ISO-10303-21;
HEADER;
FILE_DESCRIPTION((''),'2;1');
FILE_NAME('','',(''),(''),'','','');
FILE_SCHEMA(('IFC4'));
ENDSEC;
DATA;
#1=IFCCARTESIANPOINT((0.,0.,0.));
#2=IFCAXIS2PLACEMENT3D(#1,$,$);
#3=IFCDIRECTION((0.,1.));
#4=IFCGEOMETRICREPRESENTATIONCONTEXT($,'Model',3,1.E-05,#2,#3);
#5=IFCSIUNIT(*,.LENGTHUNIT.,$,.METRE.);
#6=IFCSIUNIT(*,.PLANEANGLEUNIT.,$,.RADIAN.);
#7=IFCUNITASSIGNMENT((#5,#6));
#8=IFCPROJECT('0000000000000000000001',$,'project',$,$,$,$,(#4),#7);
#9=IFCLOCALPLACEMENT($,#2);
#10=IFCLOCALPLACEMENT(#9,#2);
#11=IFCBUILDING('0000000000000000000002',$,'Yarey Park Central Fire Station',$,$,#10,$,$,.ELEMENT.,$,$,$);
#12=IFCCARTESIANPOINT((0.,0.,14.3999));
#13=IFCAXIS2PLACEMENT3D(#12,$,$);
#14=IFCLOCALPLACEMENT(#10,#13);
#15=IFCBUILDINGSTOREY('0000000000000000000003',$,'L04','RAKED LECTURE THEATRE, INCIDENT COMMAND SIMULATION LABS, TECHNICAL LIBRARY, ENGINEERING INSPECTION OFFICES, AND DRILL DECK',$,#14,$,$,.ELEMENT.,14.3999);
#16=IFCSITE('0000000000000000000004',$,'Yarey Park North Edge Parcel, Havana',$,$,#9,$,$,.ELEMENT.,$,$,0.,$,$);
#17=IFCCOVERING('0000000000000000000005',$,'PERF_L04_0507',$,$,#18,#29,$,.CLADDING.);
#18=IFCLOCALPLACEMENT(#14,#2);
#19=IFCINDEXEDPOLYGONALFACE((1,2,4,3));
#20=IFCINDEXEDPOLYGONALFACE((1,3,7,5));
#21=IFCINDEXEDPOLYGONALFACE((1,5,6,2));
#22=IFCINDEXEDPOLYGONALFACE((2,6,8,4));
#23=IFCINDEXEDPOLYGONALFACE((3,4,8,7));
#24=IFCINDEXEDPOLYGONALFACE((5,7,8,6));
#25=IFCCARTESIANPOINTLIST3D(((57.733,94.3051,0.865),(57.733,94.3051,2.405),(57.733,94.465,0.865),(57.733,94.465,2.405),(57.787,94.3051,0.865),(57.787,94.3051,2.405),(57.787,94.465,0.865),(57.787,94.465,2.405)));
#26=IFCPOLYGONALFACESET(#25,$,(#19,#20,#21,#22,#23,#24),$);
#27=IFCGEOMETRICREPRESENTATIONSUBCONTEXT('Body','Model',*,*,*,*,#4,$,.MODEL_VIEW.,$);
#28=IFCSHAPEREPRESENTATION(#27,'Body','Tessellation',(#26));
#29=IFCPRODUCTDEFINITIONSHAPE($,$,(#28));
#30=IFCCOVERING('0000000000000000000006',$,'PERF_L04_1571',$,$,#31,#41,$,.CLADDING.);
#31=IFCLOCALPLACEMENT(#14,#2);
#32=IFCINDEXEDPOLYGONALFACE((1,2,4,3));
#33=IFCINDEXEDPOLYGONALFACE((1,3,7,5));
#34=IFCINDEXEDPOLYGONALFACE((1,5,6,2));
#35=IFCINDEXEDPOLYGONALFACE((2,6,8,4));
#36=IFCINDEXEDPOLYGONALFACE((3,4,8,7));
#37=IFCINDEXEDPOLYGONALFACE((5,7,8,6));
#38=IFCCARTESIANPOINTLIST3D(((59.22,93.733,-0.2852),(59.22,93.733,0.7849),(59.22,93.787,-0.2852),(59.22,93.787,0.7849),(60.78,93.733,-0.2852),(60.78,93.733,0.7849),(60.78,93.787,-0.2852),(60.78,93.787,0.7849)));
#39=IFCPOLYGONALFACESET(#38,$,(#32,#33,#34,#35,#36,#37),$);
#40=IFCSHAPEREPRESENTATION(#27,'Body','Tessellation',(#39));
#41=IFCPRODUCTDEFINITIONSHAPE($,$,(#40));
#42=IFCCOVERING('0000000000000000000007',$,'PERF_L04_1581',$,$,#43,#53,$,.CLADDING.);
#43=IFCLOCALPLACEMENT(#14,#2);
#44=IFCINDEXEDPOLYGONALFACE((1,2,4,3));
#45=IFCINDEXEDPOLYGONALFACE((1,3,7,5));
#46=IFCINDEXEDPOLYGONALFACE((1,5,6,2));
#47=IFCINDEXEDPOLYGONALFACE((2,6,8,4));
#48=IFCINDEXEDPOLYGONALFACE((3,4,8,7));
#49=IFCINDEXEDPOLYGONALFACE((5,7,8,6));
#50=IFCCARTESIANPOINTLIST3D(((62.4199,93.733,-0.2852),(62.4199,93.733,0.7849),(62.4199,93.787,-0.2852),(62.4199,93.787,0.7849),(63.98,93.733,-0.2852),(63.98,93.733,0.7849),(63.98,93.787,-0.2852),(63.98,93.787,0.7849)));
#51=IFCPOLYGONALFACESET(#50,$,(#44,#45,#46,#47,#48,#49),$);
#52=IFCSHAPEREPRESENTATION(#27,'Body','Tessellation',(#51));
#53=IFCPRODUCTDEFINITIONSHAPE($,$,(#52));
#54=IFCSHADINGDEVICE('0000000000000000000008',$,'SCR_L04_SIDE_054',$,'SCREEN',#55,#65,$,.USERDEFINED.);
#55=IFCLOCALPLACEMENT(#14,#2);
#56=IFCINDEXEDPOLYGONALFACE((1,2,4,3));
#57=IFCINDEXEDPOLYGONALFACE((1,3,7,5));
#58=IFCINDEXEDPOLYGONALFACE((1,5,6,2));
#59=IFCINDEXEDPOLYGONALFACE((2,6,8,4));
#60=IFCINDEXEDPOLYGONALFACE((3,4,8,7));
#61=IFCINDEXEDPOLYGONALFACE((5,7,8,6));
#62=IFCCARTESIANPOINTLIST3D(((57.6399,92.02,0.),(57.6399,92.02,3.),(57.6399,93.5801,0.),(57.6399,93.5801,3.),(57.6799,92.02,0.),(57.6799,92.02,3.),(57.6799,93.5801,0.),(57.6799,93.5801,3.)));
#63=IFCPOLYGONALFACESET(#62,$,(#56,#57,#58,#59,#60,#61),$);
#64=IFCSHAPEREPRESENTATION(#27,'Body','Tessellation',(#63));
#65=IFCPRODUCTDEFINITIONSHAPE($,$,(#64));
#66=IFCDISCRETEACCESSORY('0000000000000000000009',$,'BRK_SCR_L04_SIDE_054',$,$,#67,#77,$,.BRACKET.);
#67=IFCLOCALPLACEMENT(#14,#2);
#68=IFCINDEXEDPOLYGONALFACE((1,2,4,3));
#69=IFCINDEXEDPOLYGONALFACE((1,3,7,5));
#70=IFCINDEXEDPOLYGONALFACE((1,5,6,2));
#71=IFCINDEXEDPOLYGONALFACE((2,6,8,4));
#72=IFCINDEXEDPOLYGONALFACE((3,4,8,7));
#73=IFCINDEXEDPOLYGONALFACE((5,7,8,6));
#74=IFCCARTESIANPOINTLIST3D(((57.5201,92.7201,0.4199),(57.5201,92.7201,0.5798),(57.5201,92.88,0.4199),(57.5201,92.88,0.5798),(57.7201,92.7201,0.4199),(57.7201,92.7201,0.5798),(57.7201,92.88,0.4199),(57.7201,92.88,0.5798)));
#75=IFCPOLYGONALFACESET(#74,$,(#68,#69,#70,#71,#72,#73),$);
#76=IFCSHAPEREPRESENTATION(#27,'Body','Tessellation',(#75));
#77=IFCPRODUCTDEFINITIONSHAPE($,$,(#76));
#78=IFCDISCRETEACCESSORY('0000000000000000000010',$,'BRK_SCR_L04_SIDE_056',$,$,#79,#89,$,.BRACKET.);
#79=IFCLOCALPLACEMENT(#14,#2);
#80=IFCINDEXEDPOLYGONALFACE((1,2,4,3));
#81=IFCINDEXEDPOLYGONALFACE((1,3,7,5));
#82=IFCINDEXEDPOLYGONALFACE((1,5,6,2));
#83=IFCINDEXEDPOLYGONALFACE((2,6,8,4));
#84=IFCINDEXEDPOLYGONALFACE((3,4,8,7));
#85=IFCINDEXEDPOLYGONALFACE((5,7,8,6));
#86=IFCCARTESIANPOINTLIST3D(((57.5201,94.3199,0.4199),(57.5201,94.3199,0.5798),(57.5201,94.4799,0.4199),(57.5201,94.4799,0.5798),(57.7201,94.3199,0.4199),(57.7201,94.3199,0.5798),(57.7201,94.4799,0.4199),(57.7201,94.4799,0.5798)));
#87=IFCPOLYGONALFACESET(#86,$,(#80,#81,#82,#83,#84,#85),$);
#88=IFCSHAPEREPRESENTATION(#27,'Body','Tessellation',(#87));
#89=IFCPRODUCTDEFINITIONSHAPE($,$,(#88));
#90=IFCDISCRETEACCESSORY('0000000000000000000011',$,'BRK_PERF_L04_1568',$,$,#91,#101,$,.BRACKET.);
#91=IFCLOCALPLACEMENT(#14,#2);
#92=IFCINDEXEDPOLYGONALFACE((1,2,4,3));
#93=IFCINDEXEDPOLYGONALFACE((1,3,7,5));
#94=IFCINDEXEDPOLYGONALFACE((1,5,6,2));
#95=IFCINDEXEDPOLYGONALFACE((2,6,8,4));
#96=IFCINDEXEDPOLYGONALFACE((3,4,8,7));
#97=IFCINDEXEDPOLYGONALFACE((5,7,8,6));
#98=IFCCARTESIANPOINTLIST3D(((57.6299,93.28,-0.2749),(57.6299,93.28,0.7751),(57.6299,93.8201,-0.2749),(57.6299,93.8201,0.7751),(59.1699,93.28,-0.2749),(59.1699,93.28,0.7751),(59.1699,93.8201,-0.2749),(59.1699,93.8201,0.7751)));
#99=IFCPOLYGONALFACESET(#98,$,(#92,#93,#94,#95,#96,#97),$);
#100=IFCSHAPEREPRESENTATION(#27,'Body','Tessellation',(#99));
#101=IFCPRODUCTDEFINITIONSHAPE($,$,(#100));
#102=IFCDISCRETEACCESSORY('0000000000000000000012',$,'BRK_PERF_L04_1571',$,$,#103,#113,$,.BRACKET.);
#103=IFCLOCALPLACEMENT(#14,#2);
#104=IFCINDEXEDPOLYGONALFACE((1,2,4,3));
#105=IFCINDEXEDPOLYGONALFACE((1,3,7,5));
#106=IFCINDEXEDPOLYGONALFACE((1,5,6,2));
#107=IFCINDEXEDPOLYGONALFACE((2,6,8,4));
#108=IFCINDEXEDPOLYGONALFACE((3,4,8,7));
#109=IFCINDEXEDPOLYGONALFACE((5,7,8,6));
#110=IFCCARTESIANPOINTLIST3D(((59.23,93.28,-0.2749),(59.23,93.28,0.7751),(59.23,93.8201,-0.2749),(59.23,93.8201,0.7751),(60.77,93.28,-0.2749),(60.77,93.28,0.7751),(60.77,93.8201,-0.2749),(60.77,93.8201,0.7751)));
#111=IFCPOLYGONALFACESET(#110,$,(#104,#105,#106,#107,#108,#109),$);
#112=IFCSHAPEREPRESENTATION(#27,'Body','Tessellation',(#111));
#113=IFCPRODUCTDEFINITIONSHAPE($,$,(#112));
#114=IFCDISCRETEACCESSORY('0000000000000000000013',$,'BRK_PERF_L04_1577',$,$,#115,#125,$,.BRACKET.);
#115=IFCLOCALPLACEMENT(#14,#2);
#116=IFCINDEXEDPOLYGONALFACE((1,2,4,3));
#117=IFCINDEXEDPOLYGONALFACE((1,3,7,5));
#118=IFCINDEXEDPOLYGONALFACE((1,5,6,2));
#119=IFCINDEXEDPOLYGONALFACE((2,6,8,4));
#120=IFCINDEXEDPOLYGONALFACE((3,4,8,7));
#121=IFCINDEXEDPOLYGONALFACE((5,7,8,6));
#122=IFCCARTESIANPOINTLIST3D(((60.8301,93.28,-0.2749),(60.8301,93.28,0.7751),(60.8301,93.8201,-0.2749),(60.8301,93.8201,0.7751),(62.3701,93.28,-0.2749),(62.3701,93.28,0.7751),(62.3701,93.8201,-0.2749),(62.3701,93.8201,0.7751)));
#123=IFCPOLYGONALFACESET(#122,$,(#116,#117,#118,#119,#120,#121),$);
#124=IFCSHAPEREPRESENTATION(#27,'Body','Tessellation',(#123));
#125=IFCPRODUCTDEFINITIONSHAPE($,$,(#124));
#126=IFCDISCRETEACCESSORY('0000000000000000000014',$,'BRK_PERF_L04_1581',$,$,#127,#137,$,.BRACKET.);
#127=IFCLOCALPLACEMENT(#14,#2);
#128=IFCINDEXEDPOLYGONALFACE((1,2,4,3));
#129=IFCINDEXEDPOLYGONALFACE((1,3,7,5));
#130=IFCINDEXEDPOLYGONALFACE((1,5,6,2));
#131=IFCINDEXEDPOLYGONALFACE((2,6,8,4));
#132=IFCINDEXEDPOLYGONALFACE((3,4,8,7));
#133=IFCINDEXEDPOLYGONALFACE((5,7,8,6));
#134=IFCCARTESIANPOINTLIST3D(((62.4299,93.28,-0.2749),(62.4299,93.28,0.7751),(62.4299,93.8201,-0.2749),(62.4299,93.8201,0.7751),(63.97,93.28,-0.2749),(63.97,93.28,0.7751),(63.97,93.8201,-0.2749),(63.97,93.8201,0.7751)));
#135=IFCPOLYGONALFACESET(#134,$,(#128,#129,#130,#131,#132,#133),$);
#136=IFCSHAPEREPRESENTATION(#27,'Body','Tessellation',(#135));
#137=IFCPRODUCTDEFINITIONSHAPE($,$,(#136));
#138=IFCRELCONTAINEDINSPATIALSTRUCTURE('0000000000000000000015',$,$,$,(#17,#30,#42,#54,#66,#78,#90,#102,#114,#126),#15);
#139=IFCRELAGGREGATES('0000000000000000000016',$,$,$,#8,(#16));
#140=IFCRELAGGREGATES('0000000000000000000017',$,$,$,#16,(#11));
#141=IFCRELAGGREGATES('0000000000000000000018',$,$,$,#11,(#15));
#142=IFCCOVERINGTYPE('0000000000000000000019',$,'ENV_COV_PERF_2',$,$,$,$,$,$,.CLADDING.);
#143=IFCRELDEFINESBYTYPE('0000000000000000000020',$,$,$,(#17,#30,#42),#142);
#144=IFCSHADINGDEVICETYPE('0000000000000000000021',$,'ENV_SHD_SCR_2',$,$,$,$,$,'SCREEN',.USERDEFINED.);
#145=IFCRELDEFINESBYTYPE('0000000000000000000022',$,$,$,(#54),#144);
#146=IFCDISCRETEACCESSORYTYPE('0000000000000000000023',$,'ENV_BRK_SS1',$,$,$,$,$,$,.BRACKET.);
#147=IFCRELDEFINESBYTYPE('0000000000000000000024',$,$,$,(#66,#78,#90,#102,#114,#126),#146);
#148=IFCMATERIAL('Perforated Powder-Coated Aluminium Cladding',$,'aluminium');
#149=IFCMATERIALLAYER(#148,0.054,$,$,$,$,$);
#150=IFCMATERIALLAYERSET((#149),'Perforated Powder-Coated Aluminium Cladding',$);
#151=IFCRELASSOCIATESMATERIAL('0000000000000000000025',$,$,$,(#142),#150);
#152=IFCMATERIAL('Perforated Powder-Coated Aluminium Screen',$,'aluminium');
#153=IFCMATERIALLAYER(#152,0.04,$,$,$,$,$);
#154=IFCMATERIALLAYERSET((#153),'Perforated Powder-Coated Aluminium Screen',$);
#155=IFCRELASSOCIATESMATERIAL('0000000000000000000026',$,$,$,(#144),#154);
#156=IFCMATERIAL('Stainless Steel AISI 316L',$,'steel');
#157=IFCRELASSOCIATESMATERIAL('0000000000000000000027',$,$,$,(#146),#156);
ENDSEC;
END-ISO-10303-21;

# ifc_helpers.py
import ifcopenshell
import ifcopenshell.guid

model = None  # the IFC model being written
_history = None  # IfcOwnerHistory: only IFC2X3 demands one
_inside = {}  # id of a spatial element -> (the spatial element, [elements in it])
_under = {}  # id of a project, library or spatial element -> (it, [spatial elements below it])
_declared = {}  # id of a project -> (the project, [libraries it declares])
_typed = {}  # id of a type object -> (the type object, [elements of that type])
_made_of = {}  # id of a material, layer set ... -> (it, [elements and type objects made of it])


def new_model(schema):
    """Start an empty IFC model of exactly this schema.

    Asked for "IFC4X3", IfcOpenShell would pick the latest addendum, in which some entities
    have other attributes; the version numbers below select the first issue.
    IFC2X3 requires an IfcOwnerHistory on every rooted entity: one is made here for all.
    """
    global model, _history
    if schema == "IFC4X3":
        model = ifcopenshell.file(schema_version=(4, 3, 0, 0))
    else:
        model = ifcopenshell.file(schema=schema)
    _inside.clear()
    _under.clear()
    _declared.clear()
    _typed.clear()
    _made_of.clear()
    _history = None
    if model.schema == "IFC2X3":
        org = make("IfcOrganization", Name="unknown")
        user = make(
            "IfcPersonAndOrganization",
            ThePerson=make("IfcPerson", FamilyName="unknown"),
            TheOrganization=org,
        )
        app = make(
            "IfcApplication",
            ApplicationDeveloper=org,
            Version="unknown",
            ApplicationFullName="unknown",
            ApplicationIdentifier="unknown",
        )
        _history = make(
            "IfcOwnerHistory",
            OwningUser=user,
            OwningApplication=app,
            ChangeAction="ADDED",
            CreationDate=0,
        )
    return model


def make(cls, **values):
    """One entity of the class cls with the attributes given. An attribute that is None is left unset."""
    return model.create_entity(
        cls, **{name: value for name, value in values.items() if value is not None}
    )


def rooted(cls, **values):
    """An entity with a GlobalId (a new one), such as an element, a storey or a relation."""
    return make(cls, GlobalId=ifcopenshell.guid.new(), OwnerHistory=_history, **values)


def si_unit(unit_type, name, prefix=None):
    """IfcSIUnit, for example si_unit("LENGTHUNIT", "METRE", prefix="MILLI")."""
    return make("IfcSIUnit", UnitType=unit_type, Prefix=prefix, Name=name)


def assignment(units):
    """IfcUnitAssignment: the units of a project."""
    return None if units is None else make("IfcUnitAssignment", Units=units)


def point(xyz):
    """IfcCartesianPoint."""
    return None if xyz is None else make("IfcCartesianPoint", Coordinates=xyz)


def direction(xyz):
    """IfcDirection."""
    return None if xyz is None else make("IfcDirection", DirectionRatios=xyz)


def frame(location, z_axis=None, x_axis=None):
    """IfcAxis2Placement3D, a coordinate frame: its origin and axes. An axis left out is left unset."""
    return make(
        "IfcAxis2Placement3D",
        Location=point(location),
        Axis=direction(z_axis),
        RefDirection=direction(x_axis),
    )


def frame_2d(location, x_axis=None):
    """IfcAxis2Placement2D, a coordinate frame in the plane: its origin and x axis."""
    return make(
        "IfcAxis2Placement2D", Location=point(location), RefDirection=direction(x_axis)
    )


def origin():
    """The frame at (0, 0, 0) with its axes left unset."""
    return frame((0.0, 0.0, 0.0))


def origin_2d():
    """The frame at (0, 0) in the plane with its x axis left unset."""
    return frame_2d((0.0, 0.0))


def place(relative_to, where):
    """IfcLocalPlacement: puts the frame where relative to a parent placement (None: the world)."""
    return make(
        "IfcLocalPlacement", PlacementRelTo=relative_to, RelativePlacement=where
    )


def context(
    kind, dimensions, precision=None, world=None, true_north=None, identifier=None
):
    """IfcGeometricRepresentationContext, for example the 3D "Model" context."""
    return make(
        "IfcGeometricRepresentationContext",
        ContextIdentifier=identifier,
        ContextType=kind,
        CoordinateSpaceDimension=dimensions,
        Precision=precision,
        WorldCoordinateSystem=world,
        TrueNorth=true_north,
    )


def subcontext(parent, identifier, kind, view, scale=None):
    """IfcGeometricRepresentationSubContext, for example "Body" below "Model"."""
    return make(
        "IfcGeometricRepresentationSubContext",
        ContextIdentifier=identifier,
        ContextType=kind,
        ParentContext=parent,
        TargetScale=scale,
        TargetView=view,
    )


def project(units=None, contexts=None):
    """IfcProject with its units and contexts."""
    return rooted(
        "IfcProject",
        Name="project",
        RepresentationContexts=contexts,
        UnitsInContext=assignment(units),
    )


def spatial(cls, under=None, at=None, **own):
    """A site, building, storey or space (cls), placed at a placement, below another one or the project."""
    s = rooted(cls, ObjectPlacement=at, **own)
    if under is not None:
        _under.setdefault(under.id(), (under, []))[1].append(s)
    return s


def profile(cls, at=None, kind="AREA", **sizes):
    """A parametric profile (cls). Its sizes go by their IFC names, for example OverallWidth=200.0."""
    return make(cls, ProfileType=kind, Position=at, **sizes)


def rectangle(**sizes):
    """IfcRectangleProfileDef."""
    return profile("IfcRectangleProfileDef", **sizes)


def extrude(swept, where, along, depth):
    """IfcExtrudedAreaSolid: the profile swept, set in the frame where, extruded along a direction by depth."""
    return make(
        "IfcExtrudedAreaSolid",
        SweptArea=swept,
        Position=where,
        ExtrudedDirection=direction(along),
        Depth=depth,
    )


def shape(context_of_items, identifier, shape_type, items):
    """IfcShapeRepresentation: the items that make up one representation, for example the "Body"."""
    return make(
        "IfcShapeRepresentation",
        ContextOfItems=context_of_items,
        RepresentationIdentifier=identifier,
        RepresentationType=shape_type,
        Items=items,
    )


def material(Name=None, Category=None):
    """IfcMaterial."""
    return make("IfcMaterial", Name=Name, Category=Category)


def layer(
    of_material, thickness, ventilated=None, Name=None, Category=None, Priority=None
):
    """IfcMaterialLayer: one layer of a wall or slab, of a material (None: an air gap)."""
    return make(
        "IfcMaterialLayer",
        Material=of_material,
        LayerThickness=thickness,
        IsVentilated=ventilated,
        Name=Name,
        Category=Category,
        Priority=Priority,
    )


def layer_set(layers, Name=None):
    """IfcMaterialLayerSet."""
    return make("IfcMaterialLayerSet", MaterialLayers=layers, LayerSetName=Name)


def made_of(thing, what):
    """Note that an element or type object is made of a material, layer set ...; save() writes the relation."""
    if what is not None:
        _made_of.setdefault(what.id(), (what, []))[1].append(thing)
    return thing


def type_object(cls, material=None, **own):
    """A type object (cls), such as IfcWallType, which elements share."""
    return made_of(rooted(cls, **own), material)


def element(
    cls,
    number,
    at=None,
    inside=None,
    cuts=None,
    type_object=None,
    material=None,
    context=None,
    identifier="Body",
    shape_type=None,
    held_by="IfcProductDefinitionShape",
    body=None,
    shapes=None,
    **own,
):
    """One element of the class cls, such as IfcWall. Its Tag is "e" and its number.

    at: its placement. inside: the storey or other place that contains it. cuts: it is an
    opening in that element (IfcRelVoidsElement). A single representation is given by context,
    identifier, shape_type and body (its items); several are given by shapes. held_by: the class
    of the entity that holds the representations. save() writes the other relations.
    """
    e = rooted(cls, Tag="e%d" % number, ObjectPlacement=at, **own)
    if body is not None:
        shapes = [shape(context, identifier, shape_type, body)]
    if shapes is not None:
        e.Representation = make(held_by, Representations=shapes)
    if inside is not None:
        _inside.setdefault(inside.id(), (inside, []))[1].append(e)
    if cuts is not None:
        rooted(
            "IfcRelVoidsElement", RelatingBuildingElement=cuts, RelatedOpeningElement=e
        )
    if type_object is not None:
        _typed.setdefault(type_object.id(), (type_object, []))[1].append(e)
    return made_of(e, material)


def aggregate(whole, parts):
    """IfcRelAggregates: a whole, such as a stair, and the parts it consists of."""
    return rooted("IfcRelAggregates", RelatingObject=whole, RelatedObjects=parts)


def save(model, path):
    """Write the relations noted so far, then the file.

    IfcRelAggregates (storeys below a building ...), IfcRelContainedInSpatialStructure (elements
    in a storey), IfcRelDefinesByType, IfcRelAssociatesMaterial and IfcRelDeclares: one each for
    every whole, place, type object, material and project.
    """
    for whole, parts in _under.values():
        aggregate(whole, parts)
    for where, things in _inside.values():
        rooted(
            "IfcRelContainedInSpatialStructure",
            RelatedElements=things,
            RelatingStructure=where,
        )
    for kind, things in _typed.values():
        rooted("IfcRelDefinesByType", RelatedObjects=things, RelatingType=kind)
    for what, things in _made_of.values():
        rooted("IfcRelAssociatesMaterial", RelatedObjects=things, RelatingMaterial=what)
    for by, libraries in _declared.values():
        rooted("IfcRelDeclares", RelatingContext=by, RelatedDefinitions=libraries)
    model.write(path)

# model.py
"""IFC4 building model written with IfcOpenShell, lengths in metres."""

from ifc_helpers import new_model, si_unit, direction, frame, origin, origin_2d, place, context, subcontext, project, spatial, rectangle, extrude, material, layer, layer_set, type_object, element, save


model = new_model("IFC4")

# Units and contexts
model_context = context("Model", 3, precision=1e-05, world=origin(), true_north=direction((0.0, 1.0)))
body_context = subcontext(model_context, "Body", "Model", "MODEL_VIEW")
ifc_project = project(units=[si_unit("LENGTHUNIT", "METRE"), si_unit("PLANEANGLEUNIT", "RADIAN")], contexts=[model_context])

# Site, building, storey
site_placement = place(None, origin())
site = spatial("IfcSite", under=ifc_project, at=site_placement, Name="Yarey Park North Edge Parcel, Havana", CompositionType="ELEMENT", RefElevation=0.0)
building_placement = place(site_placement, origin())
building = spatial("IfcBuilding", under=site, at=building_placement, Name="Yarey Park Central Fire Station", CompositionType="ELEMENT")
storey_placement = place(building_placement, frame((0.0, 0.0, 14.3999)))
storey = spatial("IfcBuildingStorey", under=building, at=storey_placement, Name="L04", Description="RAKED LECTURE THEATRE, INCIDENT COMMAND SIMULATION LABS, TECHNICAL LIBRARY, ENGINEERING INSPECTION OFFICES, AND DRILL DECK", CompositionType="ELEMENT", Elevation=14.3999)

# Coverings
ifc_material_1 = material(Name="Perforated Powder-Coated Aluminium Cladding", Category="aluminium")
ifc_layer_1 = layer(ifc_material_1, 0.054)
ifc_layer_set_1 = layer_set([ifc_layer_1], Name="Perforated Powder-Coated Aluminium Cladding")
covering_type_1 = type_object("IfcCoveringType", Name="ENV_COV_PERF_2", PredefinedType="CLADDING", material=ifc_layer_set_1)
covering_1_placement = place(storey_placement, frame((57.76, 94.385, 0.865), z_axis=(0.0, 0.0, 1.0), x_axis=(0.0, 1.0, 0.0)))
element("IfcCovering", 1, at=covering_1_placement, inside=storey, type_object=covering_type_1, Name="PERF_L04_0507", PredefinedType="CLADDING", context=body_context, shape_type="SweptSolid", body=[
    extrude(rectangle(XDim=0.1599, YDim=0.054, at=origin_2d()), origin(), (0.0, 0.0, 1.0), 1.54),
])
for number, where, z_axis, x_axis, name in (
    (2, (60.0, 93.76, -0.2852), (0.0, 0.0, 1.0), (1.0, 0.0, 0.0), "PERF_L04_1571"),
    (3, (63.2, 93.76, -0.2852), (0.0, 0.0, 1.0), (1.0, 0.0, 0.0), "PERF_L04_1581"),
):
    element("IfcCovering", number, at=place(storey_placement, frame(where, z_axis=z_axis, x_axis=x_axis)), inside=storey, type_object=covering_type_1, Name=name, PredefinedType="CLADDING", context=body_context, shape_type="SweptSolid", body=[
        extrude(rectangle(XDim=1.5601, YDim=0.054, at=origin_2d()), origin(), (0.0, 0.0, 1.0), 1.0701),
    ])

# Shading device
ifc_material_2 = material(Name="Perforated Powder-Coated Aluminium Screen", Category="aluminium")
ifc_layer_2 = layer(ifc_material_2, 0.04)
ifc_layer_set_2 = layer_set([ifc_layer_2], Name="Perforated Powder-Coated Aluminium Screen")
shading_device_type = type_object("IfcShadingDeviceType", Name="ENV_SHD_SCR_2", ElementType="SCREEN", PredefinedType="USERDEFINED", material=ifc_layer_set_2)
shading_device_placement = place(storey_placement, frame((57.6599, 92.8, 0.0), z_axis=(0.0, 0.0, 1.0), x_axis=(0.0, 1.0, 0.0)))
element("IfcShadingDevice", 4, at=shading_device_placement, inside=storey, type_object=shading_device_type, Name="SCR_L04_SIDE_054", ObjectType="SCREEN", PredefinedType="USERDEFINED", context=body_context, shape_type="SweptSolid", body=[
    extrude(rectangle(XDim=1.5601, YDim=0.04, at=origin_2d()), origin(), (0.0, 0.0, 1.0), 3.0),
])

# Discrete accessories
ifc_material_3 = material(Name="Stainless Steel AISI 316L", Category="steel")
discrete_accessory_type = type_object("IfcDiscreteAccessoryType", Name="ENV_BRK_SS1", PredefinedType="BRACKET", material=ifc_material_3)
for number, where, z_axis, x_axis, name in (
    (5, (57.6201, 92.8, 0.4199), (0.0, 0.0, 1.0), (1.0, 0.0, 0.0), "BRK_SCR_L04_SIDE_054"),
    (6, (57.6201, 94.3999, 0.4199), (0.0, 0.0, 1.0), (1.0, 0.0, 0.0), "BRK_SCR_L04_SIDE_056"),
):
    element("IfcDiscreteAccessory", number, at=place(storey_placement, frame(where, z_axis=z_axis, x_axis=x_axis)), inside=storey, type_object=discrete_accessory_type, Name=name, PredefinedType="BRACKET", context=body_context, shape_type="SweptSolid", body=[
        extrude(rectangle(XDim=0.2, YDim=0.1599, at=origin_2d()), origin(), (0.0, 0.0, 1.0), 0.1599),
    ])
for number, where, z_axis, x_axis, name in (
    (7, (58.3999, 93.55, -0.2749), (0.0, 0.0, 1.0), (1.0, 0.0, 0.0), "BRK_PERF_L04_1568"),
    (8, (60.0, 93.55, -0.2749), (0.0, 0.0, 1.0), (1.0, 0.0, 0.0), "BRK_PERF_L04_1571"),
    (9, (61.6001, 93.55, -0.2749), (0.0, 0.0, 1.0), (1.0, 0.0, 0.0), "BRK_PERF_L04_1577"),
    (10, (63.2, 93.55, -0.2749), (0.0, 0.0, 1.0), (1.0, 0.0, 0.0), "BRK_PERF_L04_1581"),
):
    element("IfcDiscreteAccessory", number, at=place(storey_placement, frame(where, z_axis=z_axis, x_axis=x_axis)), inside=storey, type_object=discrete_accessory_type, Name=name, PredefinedType="BRACKET", context=body_context, shape_type="SweptSolid", body=[
        extrude(rectangle(XDim=1.54, YDim=0.54, at=origin_2d()), origin(), (0.0, 0.0, 1.0), 1.05),
    ])

save(model, "model.ifc")
